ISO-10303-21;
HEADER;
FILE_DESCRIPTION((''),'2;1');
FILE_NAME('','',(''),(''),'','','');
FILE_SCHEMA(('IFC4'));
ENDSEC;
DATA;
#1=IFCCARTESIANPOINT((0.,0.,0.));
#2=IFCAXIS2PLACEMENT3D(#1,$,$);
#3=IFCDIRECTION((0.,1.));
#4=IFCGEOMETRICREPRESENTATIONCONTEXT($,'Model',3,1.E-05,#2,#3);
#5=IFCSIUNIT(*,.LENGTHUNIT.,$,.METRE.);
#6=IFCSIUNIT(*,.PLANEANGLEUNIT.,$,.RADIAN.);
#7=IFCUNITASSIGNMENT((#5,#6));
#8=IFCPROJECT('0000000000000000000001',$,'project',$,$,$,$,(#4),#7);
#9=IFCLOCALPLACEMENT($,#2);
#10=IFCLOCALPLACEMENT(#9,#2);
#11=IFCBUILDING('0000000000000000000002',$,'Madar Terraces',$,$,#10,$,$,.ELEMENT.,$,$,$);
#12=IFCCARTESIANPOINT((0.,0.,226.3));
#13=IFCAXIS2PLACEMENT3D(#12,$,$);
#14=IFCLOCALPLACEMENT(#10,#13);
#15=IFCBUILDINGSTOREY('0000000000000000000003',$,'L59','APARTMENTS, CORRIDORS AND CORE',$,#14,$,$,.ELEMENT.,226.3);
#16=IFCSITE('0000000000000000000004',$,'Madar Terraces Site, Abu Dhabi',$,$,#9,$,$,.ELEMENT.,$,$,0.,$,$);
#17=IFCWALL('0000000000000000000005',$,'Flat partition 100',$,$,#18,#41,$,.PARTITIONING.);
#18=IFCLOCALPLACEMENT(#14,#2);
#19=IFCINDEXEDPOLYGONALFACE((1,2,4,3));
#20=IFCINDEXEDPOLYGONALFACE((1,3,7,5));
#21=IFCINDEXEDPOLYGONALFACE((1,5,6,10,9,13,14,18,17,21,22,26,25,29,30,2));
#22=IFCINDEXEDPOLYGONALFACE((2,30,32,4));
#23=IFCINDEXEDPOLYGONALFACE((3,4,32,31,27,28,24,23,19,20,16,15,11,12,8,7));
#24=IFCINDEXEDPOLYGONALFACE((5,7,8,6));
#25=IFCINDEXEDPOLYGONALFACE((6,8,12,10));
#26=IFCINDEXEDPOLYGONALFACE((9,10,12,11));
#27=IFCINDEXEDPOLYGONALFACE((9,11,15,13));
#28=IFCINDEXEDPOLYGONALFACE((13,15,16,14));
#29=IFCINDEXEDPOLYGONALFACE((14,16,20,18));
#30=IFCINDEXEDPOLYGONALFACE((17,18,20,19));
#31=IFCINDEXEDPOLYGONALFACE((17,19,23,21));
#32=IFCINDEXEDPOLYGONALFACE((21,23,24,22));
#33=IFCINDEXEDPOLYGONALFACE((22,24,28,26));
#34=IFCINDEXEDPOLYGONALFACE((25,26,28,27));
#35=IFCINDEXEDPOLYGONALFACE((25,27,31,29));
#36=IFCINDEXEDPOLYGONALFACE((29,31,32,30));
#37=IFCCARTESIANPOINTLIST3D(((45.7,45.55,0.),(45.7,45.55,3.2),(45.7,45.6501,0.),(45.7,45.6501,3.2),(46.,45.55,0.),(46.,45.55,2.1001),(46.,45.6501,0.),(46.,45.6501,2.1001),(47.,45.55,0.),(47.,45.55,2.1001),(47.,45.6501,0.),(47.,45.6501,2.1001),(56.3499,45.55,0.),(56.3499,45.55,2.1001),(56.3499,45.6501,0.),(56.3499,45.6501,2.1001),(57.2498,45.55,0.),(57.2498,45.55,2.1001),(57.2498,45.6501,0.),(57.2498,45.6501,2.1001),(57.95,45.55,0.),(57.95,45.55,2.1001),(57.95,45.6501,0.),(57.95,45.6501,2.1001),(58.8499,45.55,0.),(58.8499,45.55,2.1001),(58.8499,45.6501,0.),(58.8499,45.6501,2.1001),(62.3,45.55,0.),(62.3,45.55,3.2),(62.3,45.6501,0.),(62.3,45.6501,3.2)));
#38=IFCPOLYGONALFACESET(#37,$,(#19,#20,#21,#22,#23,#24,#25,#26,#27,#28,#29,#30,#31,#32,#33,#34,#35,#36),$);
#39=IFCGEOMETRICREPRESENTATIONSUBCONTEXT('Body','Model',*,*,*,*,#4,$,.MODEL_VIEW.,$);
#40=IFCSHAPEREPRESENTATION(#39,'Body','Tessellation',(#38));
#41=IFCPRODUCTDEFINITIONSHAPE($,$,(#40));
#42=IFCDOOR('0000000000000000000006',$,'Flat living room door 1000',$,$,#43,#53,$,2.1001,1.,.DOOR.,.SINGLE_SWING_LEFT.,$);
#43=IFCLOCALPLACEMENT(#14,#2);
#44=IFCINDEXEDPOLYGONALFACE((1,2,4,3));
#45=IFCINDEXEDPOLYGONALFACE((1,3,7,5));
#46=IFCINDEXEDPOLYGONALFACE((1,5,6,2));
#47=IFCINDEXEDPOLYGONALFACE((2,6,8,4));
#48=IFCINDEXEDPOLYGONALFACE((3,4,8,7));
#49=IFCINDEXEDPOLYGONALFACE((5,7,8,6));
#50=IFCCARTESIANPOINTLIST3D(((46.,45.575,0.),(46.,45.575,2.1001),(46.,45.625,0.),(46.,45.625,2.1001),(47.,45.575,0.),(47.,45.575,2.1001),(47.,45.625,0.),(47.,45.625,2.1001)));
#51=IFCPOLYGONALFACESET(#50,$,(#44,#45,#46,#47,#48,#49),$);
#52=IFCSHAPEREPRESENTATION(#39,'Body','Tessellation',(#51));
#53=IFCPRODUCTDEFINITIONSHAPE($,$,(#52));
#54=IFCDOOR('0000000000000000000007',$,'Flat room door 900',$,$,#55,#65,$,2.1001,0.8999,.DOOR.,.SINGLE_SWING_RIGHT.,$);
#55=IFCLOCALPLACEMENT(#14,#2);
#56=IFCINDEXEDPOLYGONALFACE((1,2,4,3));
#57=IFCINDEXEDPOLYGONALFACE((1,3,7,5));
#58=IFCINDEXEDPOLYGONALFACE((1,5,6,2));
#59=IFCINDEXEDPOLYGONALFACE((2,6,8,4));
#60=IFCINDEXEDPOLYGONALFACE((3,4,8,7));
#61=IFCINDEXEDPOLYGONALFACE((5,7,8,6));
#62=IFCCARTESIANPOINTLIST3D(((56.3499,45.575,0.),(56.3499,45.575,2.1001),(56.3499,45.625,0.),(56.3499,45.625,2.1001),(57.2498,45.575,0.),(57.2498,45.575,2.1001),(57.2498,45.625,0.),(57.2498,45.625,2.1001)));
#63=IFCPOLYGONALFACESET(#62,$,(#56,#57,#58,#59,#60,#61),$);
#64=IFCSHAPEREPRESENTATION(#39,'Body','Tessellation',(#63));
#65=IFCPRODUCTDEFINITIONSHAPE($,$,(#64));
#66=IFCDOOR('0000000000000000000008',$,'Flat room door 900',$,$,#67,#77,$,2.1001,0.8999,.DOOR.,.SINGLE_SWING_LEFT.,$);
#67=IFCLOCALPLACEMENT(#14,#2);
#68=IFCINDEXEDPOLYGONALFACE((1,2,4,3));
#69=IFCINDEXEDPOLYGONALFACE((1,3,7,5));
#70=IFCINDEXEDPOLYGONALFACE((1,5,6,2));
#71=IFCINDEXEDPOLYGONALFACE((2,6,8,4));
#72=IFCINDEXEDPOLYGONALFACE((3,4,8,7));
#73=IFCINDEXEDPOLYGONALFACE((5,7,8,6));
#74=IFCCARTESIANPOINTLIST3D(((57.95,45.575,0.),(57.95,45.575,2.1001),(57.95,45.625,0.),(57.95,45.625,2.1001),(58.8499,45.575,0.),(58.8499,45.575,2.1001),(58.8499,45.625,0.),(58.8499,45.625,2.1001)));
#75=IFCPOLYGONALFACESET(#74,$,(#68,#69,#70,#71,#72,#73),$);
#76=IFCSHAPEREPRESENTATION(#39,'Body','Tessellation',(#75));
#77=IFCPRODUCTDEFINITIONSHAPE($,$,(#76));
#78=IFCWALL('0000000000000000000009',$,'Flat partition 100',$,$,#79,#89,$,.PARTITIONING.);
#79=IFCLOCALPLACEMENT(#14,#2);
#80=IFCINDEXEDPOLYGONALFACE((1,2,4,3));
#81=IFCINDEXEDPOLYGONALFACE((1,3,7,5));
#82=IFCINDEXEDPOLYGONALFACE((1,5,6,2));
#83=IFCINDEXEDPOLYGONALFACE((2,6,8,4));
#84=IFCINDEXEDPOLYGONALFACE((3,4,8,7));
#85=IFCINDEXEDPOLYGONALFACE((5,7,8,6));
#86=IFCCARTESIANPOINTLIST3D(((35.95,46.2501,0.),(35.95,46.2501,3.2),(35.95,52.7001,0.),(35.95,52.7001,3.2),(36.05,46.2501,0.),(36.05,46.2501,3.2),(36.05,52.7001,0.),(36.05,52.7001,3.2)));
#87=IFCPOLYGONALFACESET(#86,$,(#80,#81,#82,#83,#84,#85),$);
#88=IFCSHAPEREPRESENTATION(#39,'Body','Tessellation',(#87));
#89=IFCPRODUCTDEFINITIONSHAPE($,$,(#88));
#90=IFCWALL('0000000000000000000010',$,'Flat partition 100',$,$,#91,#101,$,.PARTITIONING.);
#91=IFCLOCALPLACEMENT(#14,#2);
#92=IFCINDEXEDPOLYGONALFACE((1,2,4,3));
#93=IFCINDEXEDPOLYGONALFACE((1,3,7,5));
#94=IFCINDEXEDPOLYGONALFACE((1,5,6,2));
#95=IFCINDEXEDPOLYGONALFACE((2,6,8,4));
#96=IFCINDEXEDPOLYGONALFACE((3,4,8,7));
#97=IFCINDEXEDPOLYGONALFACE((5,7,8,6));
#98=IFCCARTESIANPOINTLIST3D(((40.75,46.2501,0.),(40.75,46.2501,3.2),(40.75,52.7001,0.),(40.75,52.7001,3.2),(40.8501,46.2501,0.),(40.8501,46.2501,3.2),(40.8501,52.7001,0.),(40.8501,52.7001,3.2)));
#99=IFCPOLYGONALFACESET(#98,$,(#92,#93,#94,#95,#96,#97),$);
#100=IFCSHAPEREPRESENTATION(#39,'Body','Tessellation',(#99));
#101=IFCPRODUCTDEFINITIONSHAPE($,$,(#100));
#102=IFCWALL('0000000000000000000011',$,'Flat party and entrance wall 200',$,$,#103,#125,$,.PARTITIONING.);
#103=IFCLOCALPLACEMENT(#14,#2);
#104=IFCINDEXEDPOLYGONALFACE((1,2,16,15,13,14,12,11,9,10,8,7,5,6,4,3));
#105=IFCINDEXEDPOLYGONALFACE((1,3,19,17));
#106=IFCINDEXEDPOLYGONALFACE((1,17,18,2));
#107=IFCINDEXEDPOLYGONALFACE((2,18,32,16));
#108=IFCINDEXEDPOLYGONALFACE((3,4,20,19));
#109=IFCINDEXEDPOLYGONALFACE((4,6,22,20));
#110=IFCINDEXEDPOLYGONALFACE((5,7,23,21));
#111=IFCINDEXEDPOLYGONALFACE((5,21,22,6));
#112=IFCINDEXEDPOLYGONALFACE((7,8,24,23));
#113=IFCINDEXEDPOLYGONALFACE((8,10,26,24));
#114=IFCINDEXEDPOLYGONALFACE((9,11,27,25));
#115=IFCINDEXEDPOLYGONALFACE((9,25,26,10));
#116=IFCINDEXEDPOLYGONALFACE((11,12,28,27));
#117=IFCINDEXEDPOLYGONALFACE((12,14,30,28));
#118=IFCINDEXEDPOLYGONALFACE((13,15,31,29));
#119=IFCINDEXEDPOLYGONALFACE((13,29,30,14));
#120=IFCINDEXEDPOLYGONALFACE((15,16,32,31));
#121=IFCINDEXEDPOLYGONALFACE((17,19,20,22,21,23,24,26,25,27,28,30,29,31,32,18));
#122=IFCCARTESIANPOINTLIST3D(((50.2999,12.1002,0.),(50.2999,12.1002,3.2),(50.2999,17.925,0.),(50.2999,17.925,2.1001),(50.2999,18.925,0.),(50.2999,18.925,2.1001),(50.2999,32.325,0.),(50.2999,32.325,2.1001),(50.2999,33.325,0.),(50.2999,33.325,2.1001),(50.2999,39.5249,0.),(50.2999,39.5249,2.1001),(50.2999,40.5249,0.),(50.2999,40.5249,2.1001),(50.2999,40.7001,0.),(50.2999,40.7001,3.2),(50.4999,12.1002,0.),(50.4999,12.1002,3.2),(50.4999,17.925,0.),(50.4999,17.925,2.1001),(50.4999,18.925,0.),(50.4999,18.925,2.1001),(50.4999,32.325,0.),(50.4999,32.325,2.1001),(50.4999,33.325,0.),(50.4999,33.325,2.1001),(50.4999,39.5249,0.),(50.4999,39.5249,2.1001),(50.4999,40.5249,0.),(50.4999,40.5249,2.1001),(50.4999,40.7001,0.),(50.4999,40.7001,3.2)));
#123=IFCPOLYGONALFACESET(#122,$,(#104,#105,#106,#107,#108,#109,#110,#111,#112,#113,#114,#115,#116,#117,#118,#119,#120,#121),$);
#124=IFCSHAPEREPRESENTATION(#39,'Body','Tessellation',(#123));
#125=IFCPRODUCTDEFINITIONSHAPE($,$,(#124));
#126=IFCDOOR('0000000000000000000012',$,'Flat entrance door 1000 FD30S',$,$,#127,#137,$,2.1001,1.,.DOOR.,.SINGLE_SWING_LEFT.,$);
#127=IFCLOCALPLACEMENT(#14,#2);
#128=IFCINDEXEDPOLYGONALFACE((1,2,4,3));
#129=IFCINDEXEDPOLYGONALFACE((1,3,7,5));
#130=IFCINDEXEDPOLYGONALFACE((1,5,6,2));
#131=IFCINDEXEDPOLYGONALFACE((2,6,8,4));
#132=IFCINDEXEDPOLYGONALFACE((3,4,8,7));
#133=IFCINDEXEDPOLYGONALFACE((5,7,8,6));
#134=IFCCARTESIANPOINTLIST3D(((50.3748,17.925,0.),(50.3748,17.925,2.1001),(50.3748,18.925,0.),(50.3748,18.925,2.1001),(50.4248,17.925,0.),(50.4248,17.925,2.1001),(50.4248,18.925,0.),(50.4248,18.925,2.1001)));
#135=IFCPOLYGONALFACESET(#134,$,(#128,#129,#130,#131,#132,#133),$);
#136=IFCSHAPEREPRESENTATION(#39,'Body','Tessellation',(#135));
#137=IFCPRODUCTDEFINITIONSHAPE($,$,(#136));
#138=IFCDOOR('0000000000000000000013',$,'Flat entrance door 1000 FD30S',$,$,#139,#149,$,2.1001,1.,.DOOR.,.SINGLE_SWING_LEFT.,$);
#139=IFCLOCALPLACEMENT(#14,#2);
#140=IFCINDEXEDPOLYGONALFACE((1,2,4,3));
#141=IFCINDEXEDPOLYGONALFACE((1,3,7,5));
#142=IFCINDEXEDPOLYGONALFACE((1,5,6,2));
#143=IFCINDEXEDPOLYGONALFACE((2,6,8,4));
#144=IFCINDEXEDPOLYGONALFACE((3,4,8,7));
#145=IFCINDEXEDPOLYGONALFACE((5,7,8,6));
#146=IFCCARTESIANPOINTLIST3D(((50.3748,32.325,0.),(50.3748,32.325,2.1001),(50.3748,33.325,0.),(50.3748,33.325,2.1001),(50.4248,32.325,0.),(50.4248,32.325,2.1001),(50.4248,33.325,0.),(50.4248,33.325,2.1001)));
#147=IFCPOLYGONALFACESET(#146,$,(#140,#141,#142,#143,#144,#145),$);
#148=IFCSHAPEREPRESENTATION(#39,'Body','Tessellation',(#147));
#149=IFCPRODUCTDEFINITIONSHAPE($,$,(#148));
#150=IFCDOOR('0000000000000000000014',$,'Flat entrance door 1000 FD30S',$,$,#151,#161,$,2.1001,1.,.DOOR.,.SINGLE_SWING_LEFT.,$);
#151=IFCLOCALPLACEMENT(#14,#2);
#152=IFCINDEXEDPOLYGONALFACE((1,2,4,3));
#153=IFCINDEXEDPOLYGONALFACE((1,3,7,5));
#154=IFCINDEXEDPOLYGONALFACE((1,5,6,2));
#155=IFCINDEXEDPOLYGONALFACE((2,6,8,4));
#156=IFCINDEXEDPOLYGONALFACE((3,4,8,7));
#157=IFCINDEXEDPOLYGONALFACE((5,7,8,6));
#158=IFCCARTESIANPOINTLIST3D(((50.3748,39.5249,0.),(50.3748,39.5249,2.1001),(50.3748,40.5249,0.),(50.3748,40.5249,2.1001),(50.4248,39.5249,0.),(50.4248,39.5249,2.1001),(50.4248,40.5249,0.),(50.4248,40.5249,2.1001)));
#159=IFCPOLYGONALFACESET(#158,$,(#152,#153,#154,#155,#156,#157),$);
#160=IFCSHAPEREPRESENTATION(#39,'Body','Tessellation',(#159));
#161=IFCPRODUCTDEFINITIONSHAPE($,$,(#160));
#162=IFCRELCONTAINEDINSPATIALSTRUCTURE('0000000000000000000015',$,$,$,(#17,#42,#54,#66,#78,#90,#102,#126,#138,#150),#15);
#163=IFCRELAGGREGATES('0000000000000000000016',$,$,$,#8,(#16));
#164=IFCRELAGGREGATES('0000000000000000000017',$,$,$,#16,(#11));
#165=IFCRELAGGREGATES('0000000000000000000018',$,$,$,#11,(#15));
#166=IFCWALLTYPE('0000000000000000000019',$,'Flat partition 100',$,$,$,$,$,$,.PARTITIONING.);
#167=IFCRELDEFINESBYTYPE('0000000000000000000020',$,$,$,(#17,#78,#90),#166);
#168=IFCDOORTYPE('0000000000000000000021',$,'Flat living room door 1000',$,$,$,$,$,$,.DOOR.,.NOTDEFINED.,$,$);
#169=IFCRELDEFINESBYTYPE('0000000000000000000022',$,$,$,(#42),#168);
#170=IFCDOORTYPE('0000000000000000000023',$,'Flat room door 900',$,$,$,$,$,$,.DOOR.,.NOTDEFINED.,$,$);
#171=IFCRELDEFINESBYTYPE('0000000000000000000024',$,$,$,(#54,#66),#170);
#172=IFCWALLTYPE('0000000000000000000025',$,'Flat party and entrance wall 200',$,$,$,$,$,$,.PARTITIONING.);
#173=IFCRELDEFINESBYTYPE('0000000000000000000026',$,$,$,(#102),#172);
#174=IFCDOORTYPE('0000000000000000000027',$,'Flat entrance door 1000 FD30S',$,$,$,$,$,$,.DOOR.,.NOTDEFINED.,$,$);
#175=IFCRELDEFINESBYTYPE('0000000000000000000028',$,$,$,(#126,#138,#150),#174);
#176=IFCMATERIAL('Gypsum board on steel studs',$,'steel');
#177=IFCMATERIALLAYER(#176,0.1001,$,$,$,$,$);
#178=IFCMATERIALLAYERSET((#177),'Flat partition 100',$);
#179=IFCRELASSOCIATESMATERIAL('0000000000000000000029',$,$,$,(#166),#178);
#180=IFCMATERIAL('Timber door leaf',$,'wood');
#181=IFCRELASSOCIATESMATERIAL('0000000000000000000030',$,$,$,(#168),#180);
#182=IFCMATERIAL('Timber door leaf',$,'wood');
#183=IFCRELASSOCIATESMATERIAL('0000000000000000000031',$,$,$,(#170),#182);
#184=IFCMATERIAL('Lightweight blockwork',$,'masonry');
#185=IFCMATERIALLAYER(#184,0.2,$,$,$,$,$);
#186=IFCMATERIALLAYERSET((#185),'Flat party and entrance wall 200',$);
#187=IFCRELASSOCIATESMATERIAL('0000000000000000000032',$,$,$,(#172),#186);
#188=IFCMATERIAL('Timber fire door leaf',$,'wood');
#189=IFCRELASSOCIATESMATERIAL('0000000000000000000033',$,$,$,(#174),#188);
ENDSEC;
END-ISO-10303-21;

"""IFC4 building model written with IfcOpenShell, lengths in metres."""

from ifc_helpers import new_model, si_unit, direction, frame, frame_2d, origin, place, context, subcontext, project, spatial, rectangle, extrude, material, layer, layer_set, type_object, element, fill, save


model = new_model("IFC4")

# Units and contexts
model_context = context("Model", 3, precision=1e-05, world=origin(), true_north=direction((0.0, 1.0)))
body_context = subcontext(model_context, "Body", "Model", "MODEL_VIEW")
ifc_project = project(units=[si_unit("LENGTHUNIT", "METRE"), si_unit("PLANEANGLEUNIT", "RADIAN")], contexts=[model_context])

# Site, building, storey
site_placement = place(None, origin())
site = spatial("IfcSite", under=ifc_project, at=site_placement, Name="Madar Terraces Site, Abu Dhabi", CompositionType="ELEMENT", RefElevation=0.0)
building_placement = place(site_placement, origin())
building = spatial("IfcBuilding", under=site, at=building_placement, Name="Madar Terraces", CompositionType="ELEMENT")
storey_placement = place(building_placement, frame((0.0, 0.0, 226.3)))
storey = spatial("IfcBuildingStorey", under=building, at=storey_placement, Name="L59", Description="APARTMENTS, CORRIDORS AND CORE", CompositionType="ELEMENT", Elevation=226.3)

# Wall, openings, doors
ifc_material_1 = material(Name="Gypsum board on steel studs", Category="steel")
ifc_layer_1 = layer(ifc_material_1, 0.1001)
ifc_layer_set_1 = layer_set([ifc_layer_1], Name="Flat partition 100")
wall_type_1 = type_object("IfcWallType", Name="Flat partition 100", PredefinedType="PARTITIONING", material=ifc_layer_set_1)
wall_1_placement = place(storey_placement, frame((45.7, 45.6001, 0.0), z_axis=(0.0, 0.0, 1.0), x_axis=(1.0, 0.0, 0.0)))
wall_1 = element("IfcWall", 1, at=wall_1_placement, inside=storey, type_object=wall_type_1, Name="Flat partition 100", PredefinedType="PARTITIONING", context=body_context, shape_type="SweptSolid", body=[
    extrude(rectangle(XDim=16.6001, YDim=0.1001, at=frame_2d((8.3, 0.0))), origin(), (0.0, 0.0, 1.0), 3.2),
])
opening_1_placement = place(wall_1_placement, frame((0.3, 0.0, 0.0)))
opening_1 = element("IfcOpeningElement", 2, at=opening_1_placement, cuts=wall_1, PredefinedType="OPENING", context=body_context, shape_type="SweptSolid", body=[
    extrude(rectangle(XDim=1.0, YDim=2.1001, at=frame_2d((0.5, 1.05))), frame((0.0, 0.0601, 0.0), z_axis=(0.0, -1.0, 0.0), x_axis=(1.0, 0.0, 0.0)), (0.0, 0.0, 1.0), 0.1201),
])
opening_2_placement = place(wall_1_placement, frame((10.6499, 0.0, 0.0)))
opening_2 = element("IfcOpeningElement", 3, at=opening_2_placement, cuts=wall_1, PredefinedType="OPENING", context=body_context, shape_type="SweptSolid", body=[
    extrude(rectangle(XDim=0.8999, YDim=2.1001, at=frame_2d((0.45, 1.05))), frame((0.0, 0.0601, 0.0), z_axis=(0.0, -1.0, 0.0), x_axis=(1.0, 0.0, 0.0)), (0.0, 0.0, 1.0), 0.1201),
])
opening_3_placement = place(wall_1_placement, frame((12.25, 0.0, 0.0)))
opening_3 = element("IfcOpeningElement", 4, at=opening_3_placement, cuts=wall_1, PredefinedType="OPENING", context=body_context, shape_type="SweptSolid", body=[
    extrude(rectangle(XDim=0.8999, YDim=2.1001, at=frame_2d((0.45, 1.05))), frame((0.0, 0.0601, 0.0), z_axis=(0.0, -1.0, 0.0), x_axis=(1.0, 0.0, 0.0)), (0.0, 0.0, 1.0), 0.1201),
])
ifc_material_2 = material(Name="Timber door leaf", Category="wood")
door_type_1 = type_object("IfcDoorType", Name="Flat living room door 1000", OperationType="NOTDEFINED", PredefinedType="DOOR", material=ifc_material_2)
door_1_placement = place(opening_1_placement, origin())
door_1 = element("IfcDoor", 5, at=door_1_placement, inside=storey, type_object=door_type_1, Name="Flat living room door 1000", OperationType="SINGLE_SWING_LEFT", OverallHeight=2.1001, OverallWidth=1.0, PredefinedType="DOOR", context=body_context, shape_type="SweptSolid", body=[
    extrude(rectangle(XDim=1.0, YDim=2.1001, at=frame_2d((0.5, 1.05))), frame((0.0, 0.0249, 0.0), z_axis=(0.0, -1.0, 0.0), x_axis=(1.0, 0.0, 0.0)), (0.0, 0.0, 1.0), 0.05),
])
fill(opening_1, door_1)
ifc_material_3 = material(Name="Timber door leaf", Category="wood")
door_type_2 = type_object("IfcDoorType", Name="Flat room door 900", OperationType="NOTDEFINED", PredefinedType="DOOR", material=ifc_material_3)
door_2_placement = place(opening_2_placement, origin())
door_2 = element("IfcDoor", 6, at=door_2_placement, inside=storey, type_object=door_type_2, Name="Flat room door 900", OperationType="SINGLE_SWING_RIGHT", OverallHeight=2.1001, OverallWidth=0.8999, PredefinedType="DOOR", context=body_context, shape_type="SweptSolid", body=[
    extrude(rectangle(XDim=0.8999, YDim=2.1001, at=frame_2d((0.45, 1.05))), frame((0.0, 0.0249, 0.0), z_axis=(0.0, -1.0, 0.0), x_axis=(1.0, 0.0, 0.0)), (0.0, 0.0, 1.0), 0.05),
])
fill(opening_2, door_2)
door_3_placement = place(opening_3_placement, origin())
door_3 = element("IfcDoor", 7, at=door_3_placement, inside=storey, type_object=door_type_2, Name="Flat room door 900", OperationType="SINGLE_SWING_LEFT", OverallHeight=2.1001, OverallWidth=0.8999, PredefinedType="DOOR", context=body_context, shape_type="SweptSolid", body=[
    extrude(rectangle(XDim=0.8999, YDim=2.1001, at=frame_2d((0.45, 1.05))), frame((0.0, 0.0249, 0.0), z_axis=(0.0, -1.0, 0.0), x_axis=(1.0, 0.0, 0.0)), (0.0, 0.0, 1.0), 0.05),
])
fill(opening_3, door_3)

# Walls
for number, where, z_axis, x_axis, name in (
    (8, (36.0, 46.25, 0.0), (0.0, 0.0, 1.0), (0.0, 1.0, 0.0), "Flat partition 100"),
    (9, (40.8, 46.25, 0.0), (0.0, 0.0, 1.0), (0.0, 1.0, 0.0), "Flat partition 100"),
):
    element("IfcWall", number, at=place(storey_placement, frame(where, z_axis=z_axis, x_axis=x_axis)), inside=storey, type_object=wall_type_1, Name=name, PredefinedType="PARTITIONING", context=body_context, shape_type="SweptSolid", body=[
        extrude(rectangle(XDim=6.45, YDim=0.1001, at=frame_2d((3.2251, 0.0))), origin(), (0.0, 0.0, 1.0), 3.2),
    ])

# Wall, openings, doors
ifc_material_4 = material(Name="Lightweight blockwork", Category="masonry")
ifc_layer_2 = layer(ifc_material_4, 0.2)
ifc_layer_set_2 = layer_set([ifc_layer_2], Name="Flat party and entrance wall 200")
wall_type_2 = type_object("IfcWallType", Name="Flat party and entrance wall 200", PredefinedType="PARTITIONING", material=ifc_layer_set_2)
wall_2_placement = place(storey_placement, frame((50.3999, 40.7, 0.0), z_axis=(0.0, 0.0, 1.0), x_axis=(0.0, -1.0, 0.0)))
wall_2 = element("IfcWall", 10, at=wall_2_placement, inside=storey, type_object=wall_type_2, Name="Flat party and entrance wall 200", PredefinedType="PARTITIONING", context=body_context, shape_type="SweptSolid", body=[
    extrude(rectangle(XDim=28.5999, YDim=0.2, at=frame_2d((14.2998, 0.0))), origin(), (0.0, 0.0, 1.0), 3.2),
])
opening_4_placement = place(wall_2_placement, frame((21.7749, 0.0, 0.0)))
opening_4 = element("IfcOpeningElement", 11, at=opening_4_placement, cuts=wall_2, PredefinedType="OPENING", context=body_context, shape_type="SweptSolid", body=[
    extrude(rectangle(XDim=1.0, YDim=2.1001, at=frame_2d((0.5, 1.05))), frame((0.0, 0.1099, 0.0), z_axis=(0.0, -1.0, 0.0), x_axis=(1.0, 0.0, 0.0)), (0.0, 0.0, 1.0), 0.22),
])
opening_5_placement = place(wall_2_placement, frame((7.375, 0.0, 0.0)))
opening_5 = element("IfcOpeningElement", 12, at=opening_5_placement, cuts=wall_2, PredefinedType="OPENING", context=body_context, shape_type="SweptSolid", body=[
    extrude(rectangle(XDim=1.0, YDim=2.1001, at=frame_2d((0.5, 1.05))), frame((0.0, 0.1099, 0.0), z_axis=(0.0, -1.0, 0.0), x_axis=(1.0, 0.0, 0.0)), (0.0, 0.0, 1.0), 0.22),
])
opening_6_placement = place(wall_2_placement, frame((0.175, 0.0, 0.0)))
opening_6 = element("IfcOpeningElement", 13, at=opening_6_placement, cuts=wall_2, PredefinedType="OPENING", context=body_context, shape_type="SweptSolid", body=[
    extrude(rectangle(XDim=1.0, YDim=2.1001, at=frame_2d((0.5, 1.05))), frame((0.0, 0.1099, 0.0), z_axis=(0.0, -1.0, 0.0), x_axis=(1.0, 0.0, 0.0)), (0.0, 0.0, 1.0), 0.22),
])
ifc_material_5 = material(Name="Timber fire door leaf", Category="wood")
door_type_3 = type_object("IfcDoorType", Name="Flat entrance door 1000 FD30S", OperationType="NOTDEFINED", PredefinedType="DOOR", material=ifc_material_5)
door_4_placement = place(opening_4_placement, origin())
door_4 = element("IfcDoor", 14, at=door_4_placement, inside=storey, type_object=door_type_3, Name="Flat entrance door 1000 FD30S", OperationType="SINGLE_SWING_LEFT", OverallHeight=2.1001, OverallWidth=1.0, PredefinedType="DOOR", context=body_context, shape_type="SweptSolid", body=[
    extrude(rectangle(XDim=1.0, YDim=2.1001, at=frame_2d((0.5, 1.05))), frame((0.0, 0.0249, 0.0), z_axis=(0.0, -1.0, 0.0), x_axis=(1.0, 0.0, 0.0)), (0.0, 0.0, 1.0), 0.05),
])
fill(opening_4, door_4)
door_5_placement = place(opening_5_placement, origin())
door_5 = element("IfcDoor", 15, at=door_5_placement, inside=storey, type_object=door_type_3, Name="Flat entrance door 1000 FD30S", OperationType="SINGLE_SWING_LEFT", OverallHeight=2.1001, OverallWidth=1.0, PredefinedType="DOOR", context=body_context, shape_type="SweptSolid", body=[
    extrude(rectangle(XDim=1.0, YDim=2.1001, at=frame_2d((0.5, 1.05))), frame((0.0, 0.0249, 0.0), z_axis=(0.0, -1.0, 0.0), x_axis=(1.0, 0.0, 0.0)), (0.0, 0.0, 1.0), 0.05),
])
fill(opening_5, door_5)
door_6_placement = place(opening_6_placement, origin())
door_6 = element("IfcDoor", 16, at=door_6_placement, inside=storey, type_object=door_type_3, Name="Flat entrance door 1000 FD30S", OperationType="SINGLE_SWING_LEFT", OverallHeight=2.1001, OverallWidth=1.0, PredefinedType="DOOR", context=body_context, shape_type="SweptSolid", body=[
    extrude(rectangle(XDim=1.0, YDim=2.1001, at=frame_2d((0.5, 1.05))), frame((0.0, 0.0249, 0.0), z_axis=(0.0, -1.0, 0.0), x_axis=(1.0, 0.0, 0.0)), (0.0, 0.0, 1.0), 0.05),
])
fill(opening_6, door_6)

save(model, "model.ifc")
